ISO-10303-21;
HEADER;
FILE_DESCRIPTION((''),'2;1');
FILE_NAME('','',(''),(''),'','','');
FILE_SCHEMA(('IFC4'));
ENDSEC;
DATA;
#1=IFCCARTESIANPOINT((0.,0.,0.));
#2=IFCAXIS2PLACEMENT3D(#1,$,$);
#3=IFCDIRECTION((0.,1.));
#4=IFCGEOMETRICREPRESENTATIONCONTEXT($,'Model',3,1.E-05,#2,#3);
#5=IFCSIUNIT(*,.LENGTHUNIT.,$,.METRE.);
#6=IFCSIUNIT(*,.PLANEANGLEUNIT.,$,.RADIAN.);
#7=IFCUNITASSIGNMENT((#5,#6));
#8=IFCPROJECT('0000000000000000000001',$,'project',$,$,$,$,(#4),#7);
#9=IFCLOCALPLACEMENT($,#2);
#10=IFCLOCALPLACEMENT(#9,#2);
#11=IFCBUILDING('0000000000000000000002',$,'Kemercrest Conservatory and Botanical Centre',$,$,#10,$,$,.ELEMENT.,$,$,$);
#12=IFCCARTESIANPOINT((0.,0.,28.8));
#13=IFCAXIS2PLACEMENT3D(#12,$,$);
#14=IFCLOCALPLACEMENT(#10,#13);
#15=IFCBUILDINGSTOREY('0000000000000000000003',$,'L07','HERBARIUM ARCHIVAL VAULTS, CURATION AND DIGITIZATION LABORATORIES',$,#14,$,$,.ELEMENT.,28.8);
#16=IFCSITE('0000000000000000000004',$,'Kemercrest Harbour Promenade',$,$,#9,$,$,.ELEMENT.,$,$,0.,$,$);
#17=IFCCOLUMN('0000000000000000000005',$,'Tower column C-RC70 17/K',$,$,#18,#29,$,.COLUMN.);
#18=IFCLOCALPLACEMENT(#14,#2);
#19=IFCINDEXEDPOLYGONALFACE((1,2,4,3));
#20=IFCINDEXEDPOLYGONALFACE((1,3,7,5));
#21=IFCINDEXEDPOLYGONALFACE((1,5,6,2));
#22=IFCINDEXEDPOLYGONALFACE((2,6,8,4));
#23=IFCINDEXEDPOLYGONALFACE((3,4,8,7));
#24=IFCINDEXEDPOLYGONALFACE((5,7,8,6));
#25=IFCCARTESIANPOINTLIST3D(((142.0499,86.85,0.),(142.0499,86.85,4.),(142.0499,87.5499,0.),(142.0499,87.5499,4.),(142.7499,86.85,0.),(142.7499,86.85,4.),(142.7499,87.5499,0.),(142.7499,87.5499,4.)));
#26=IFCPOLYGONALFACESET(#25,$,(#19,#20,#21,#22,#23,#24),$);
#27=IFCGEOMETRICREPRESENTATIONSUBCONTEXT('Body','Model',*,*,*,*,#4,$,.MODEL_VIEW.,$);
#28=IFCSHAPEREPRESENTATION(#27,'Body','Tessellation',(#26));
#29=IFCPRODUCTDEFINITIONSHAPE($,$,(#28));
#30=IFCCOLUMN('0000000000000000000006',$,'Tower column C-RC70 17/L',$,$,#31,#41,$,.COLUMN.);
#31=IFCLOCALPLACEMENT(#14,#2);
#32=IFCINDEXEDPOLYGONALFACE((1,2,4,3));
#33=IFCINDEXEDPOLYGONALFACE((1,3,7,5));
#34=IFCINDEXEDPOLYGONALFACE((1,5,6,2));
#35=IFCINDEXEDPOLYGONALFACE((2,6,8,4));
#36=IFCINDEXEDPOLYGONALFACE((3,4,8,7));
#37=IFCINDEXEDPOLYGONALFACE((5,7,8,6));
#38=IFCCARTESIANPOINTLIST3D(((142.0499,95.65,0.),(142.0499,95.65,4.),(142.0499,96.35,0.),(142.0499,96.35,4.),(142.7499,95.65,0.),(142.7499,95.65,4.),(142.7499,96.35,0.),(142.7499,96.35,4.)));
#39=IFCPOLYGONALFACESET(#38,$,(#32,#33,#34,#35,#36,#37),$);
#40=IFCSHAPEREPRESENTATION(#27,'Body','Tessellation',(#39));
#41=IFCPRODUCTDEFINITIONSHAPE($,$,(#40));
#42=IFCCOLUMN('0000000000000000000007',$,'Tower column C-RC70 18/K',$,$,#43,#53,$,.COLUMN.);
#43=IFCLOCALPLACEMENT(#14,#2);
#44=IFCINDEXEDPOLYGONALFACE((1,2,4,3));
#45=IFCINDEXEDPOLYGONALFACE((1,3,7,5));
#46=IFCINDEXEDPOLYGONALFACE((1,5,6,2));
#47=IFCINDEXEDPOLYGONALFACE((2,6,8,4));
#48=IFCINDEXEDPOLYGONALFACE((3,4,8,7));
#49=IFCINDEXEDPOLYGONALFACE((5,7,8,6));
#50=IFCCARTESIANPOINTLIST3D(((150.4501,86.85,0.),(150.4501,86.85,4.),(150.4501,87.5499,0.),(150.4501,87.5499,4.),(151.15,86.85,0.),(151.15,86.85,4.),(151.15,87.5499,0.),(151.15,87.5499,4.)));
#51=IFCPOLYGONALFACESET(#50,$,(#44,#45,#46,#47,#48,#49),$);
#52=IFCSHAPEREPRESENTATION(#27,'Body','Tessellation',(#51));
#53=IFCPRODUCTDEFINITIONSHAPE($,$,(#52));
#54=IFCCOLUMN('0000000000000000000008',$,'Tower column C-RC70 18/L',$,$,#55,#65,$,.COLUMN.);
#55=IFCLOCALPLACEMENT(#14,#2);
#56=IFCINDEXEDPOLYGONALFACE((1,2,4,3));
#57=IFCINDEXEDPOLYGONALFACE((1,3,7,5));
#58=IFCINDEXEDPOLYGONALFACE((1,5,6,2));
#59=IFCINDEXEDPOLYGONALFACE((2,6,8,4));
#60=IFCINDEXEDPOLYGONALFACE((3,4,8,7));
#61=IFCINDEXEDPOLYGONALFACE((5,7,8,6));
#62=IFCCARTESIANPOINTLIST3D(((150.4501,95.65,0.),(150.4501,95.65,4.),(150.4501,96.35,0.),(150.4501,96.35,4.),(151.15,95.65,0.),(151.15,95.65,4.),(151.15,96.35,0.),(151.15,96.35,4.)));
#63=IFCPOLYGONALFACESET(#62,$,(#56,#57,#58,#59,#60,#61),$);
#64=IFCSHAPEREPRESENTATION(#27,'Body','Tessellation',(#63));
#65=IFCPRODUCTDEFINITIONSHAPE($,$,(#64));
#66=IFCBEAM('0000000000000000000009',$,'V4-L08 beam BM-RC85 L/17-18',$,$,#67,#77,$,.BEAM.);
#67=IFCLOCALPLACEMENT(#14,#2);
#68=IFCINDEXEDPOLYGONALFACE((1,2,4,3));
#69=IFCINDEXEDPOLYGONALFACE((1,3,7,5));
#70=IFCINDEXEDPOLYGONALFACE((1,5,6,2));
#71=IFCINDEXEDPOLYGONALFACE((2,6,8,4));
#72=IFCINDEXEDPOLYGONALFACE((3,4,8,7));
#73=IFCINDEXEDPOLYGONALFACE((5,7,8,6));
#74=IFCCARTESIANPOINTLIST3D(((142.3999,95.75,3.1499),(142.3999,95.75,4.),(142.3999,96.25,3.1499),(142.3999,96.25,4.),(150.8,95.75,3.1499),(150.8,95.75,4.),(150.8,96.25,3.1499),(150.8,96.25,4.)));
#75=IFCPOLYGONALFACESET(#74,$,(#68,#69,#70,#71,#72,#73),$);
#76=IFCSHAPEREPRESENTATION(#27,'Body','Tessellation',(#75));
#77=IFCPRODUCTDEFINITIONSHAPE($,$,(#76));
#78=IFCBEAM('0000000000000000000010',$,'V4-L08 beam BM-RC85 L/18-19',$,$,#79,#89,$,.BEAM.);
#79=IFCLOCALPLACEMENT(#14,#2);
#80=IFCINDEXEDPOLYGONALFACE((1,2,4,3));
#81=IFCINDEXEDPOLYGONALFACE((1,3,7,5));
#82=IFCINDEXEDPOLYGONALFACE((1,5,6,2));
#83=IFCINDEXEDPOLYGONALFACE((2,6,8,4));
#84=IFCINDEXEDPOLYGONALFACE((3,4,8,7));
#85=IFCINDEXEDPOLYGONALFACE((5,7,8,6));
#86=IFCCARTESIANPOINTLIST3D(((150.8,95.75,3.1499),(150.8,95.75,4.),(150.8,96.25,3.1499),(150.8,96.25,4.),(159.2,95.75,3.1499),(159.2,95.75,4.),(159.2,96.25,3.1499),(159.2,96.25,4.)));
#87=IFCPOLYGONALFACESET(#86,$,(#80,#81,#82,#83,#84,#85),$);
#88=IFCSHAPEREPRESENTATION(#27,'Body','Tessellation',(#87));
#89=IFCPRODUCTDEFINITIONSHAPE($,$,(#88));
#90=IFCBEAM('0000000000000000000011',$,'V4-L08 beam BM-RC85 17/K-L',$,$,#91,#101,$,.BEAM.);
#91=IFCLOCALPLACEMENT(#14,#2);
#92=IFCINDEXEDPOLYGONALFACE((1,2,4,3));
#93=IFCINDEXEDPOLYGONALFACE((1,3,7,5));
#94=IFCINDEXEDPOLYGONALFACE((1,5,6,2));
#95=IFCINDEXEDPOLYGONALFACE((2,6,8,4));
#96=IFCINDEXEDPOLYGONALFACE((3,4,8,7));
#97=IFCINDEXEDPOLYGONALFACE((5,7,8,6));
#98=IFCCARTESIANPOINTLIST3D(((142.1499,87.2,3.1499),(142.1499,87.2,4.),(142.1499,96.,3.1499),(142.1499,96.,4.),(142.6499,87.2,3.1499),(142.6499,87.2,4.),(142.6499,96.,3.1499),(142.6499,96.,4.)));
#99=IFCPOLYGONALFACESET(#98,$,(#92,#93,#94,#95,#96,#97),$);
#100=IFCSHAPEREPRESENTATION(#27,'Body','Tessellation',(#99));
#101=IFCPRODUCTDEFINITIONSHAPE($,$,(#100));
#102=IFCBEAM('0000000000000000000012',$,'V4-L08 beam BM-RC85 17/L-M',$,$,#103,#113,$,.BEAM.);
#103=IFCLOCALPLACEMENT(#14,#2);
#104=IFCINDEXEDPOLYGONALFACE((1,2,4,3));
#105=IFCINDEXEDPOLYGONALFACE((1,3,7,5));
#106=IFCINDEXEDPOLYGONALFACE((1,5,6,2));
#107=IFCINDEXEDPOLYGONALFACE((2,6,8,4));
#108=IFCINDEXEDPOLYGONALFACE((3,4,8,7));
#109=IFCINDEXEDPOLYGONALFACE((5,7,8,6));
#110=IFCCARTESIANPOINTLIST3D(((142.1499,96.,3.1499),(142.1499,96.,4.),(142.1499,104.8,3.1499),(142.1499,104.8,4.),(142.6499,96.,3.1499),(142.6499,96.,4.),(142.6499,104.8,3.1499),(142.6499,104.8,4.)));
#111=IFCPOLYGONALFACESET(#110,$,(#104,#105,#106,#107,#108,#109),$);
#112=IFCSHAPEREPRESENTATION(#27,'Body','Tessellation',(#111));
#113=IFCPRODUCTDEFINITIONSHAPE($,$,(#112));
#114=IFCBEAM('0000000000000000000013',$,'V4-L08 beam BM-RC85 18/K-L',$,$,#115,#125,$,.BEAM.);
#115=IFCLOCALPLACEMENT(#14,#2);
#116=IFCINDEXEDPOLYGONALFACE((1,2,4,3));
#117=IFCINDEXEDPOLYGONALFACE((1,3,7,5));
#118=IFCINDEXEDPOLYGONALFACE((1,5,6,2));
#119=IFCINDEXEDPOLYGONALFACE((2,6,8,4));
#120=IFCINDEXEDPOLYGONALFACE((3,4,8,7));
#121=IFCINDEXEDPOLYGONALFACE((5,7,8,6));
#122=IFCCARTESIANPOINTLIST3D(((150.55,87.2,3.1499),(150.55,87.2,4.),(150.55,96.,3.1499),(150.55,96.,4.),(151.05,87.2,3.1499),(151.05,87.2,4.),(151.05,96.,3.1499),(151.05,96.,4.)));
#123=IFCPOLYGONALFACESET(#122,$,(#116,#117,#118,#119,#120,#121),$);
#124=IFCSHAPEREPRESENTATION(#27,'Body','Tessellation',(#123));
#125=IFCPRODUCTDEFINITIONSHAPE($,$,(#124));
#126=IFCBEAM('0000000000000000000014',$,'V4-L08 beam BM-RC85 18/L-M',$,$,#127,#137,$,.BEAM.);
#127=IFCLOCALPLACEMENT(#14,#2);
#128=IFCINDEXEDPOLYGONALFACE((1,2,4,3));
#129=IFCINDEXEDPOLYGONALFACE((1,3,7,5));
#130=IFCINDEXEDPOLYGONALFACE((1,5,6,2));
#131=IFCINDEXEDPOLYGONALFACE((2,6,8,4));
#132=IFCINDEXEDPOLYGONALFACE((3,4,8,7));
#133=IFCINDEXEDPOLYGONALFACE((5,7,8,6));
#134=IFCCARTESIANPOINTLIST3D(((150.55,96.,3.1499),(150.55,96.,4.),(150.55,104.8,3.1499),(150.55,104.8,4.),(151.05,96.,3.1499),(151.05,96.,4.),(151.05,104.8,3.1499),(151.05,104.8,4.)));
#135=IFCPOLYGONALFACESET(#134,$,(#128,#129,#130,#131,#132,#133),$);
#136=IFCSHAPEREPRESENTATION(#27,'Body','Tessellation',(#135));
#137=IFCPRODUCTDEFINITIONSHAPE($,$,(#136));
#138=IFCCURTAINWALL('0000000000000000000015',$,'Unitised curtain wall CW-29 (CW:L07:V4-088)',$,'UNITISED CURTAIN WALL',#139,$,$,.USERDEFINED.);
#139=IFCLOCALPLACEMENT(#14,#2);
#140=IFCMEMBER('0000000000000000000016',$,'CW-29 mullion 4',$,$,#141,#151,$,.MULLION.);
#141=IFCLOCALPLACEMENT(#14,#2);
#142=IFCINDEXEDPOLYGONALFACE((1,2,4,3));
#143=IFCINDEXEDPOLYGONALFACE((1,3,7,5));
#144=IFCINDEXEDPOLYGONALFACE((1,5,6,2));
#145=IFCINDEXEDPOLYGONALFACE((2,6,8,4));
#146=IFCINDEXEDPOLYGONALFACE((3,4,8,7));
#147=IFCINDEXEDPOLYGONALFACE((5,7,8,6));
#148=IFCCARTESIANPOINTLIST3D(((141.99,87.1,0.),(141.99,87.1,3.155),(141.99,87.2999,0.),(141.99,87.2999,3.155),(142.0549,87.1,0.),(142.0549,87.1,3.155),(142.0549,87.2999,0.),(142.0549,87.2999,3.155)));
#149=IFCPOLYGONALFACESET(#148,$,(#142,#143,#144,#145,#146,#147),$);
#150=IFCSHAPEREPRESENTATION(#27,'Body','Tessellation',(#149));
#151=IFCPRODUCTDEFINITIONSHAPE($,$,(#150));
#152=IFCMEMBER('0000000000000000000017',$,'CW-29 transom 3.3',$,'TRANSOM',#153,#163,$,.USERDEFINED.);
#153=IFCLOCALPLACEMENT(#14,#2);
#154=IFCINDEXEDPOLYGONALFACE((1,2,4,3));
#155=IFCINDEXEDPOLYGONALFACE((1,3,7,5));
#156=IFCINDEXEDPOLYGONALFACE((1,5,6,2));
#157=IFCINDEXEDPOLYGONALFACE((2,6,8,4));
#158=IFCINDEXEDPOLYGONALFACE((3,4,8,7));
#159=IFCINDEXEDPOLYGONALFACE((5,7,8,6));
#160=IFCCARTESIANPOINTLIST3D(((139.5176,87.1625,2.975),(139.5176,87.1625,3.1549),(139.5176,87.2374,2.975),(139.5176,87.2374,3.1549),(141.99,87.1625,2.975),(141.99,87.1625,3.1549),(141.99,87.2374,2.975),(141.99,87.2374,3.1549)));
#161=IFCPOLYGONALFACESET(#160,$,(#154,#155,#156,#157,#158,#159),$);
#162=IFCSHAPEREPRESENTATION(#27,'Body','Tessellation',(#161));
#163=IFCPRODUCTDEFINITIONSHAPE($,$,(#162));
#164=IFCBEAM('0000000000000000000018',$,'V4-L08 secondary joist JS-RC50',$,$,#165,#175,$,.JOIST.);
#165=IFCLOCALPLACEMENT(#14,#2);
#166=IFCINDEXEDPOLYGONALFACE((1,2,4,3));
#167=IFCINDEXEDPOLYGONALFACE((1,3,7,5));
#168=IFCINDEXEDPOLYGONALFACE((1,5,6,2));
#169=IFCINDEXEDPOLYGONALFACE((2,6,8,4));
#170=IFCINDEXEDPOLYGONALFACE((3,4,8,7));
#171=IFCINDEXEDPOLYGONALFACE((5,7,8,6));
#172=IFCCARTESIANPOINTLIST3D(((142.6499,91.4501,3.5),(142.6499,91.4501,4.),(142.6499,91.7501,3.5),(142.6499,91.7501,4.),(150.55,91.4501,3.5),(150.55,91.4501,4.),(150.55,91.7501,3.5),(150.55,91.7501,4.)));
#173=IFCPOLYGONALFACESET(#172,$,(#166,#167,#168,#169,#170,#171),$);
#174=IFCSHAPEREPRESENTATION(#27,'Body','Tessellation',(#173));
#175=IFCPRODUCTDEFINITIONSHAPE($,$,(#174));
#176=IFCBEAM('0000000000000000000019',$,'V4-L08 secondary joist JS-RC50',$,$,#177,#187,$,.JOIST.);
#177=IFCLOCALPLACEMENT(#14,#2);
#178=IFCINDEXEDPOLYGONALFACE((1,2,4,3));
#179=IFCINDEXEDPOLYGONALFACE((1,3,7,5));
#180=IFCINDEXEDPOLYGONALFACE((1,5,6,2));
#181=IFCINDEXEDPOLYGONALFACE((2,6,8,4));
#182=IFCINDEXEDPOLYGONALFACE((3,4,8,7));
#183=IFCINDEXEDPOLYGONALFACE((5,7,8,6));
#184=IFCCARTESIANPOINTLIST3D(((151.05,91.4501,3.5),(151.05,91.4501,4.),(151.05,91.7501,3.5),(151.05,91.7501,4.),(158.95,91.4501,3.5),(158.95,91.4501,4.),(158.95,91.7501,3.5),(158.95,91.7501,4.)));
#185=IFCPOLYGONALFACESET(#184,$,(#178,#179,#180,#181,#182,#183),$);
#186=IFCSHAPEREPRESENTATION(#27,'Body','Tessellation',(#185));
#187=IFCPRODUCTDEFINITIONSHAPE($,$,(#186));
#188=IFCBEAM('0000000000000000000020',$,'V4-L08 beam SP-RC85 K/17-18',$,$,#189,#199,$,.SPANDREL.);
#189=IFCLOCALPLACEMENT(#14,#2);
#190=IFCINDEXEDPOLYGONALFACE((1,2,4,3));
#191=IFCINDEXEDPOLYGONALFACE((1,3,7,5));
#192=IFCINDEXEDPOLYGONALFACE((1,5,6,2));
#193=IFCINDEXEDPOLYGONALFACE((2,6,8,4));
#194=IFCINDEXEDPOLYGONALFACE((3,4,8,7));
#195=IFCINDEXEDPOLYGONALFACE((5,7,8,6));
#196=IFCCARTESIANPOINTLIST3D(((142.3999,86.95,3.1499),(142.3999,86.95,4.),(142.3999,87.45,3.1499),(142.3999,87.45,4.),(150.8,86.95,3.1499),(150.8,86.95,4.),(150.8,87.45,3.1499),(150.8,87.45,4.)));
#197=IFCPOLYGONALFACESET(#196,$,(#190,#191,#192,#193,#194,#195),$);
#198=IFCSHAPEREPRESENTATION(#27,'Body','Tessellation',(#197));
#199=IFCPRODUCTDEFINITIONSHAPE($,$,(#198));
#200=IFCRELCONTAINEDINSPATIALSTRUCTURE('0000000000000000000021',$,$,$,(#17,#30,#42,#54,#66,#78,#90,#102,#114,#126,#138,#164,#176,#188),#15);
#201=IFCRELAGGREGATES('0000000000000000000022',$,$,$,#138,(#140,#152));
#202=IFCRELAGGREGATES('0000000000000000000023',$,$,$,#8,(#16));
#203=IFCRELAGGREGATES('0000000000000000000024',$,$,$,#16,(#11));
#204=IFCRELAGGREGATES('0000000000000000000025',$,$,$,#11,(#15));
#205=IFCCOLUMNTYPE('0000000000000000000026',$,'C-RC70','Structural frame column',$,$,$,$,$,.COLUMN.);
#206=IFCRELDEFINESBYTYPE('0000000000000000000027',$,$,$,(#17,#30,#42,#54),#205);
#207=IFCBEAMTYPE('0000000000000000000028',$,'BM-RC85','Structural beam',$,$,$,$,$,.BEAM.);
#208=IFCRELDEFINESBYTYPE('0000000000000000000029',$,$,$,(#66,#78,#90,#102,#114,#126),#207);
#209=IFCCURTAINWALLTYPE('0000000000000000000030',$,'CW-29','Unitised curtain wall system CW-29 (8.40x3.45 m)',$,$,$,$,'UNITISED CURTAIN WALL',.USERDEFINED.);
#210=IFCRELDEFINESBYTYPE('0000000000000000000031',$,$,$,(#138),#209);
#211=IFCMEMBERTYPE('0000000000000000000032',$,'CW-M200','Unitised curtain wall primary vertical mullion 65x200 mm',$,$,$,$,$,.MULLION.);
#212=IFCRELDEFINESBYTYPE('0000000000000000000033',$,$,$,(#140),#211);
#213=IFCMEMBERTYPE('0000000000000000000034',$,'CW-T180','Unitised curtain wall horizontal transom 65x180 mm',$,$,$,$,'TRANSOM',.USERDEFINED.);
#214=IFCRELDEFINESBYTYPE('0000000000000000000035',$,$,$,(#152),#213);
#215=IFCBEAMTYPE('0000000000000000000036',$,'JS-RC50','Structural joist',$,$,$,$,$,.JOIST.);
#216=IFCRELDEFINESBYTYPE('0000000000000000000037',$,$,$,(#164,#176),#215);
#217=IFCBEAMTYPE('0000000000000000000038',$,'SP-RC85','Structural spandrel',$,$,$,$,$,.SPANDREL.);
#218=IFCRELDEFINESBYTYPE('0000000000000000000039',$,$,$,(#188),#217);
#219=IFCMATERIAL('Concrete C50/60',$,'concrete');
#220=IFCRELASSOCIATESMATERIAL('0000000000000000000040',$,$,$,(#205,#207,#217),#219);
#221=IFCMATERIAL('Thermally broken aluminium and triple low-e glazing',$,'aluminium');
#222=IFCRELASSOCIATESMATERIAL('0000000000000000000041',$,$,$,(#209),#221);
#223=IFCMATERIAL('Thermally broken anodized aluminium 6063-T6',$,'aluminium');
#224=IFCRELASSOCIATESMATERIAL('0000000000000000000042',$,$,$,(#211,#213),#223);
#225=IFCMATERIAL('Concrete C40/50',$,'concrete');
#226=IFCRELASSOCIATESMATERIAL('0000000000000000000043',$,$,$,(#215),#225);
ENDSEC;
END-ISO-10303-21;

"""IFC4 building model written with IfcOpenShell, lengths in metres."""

from ifc_helpers import new_model, si_unit, direction, frame, origin, origin_2d, place, context, subcontext, project, spatial, rectangle, extrude, material, material_profile, profile_set, type_object, element, aggregate, save


model = new_model("IFC4")

# Units and contexts
model_context = context("Model", 3, precision=1e-05, world=origin(), true_north=direction((0.0, 1.0)))
body_context = subcontext(model_context, "Body", "Model", "MODEL_VIEW")
ifc_project = project(units=[si_unit("LENGTHUNIT", "METRE"), si_unit("PLANEANGLEUNIT", "RADIAN")], contexts=[model_context])

# Site, building, storey
site_placement = place(None, origin())
site = spatial("IfcSite", under=ifc_project, at=site_placement, Name="Kemercrest Harbour Promenade", CompositionType="ELEMENT", RefElevation=0.0)
building_placement = place(site_placement, origin())
building = spatial("IfcBuilding", under=site, at=building_placement, Name="Kemercrest Conservatory and Botanical Centre", CompositionType="ELEMENT")
storey_placement = place(building_placement, frame((0.0, 0.0, 28.8)))
storey = spatial("IfcBuildingStorey", under=building, at=storey_placement, Name="L07", Description="HERBARIUM ARCHIVAL VAULTS, CURATION AND DIGITIZATION LABORATORIES", CompositionType="ELEMENT", Elevation=28.8)

# Columns
ifc_material_1 = material(Name="Concrete C50/60", Category="concrete")
ifc_material_profile_1 = material_profile(ifc_material_1, rectangle(XDim=0.7, YDim=0.7, at=origin_2d()), Name="RC 700x700")
ifc_profile_set_1 = profile_set([ifc_material_profile_1], Name="Concrete C50/60")
column_type = type_object("IfcColumnType", Name="C-RC70", Description="Structural frame column", PredefinedType="COLUMN", material=ifc_profile_set_1)
for number, where, z_axis, x_axis, name in (
    (1, (142.3999, 87.2, 0.0), (0.0, 0.0, 1.0), (1.0, 0.0, 0.0), "Tower column C-RC70 17/K"),
    (2, (142.3999, 96.0, 0.0), (0.0, 0.0, 1.0), (1.0, 0.0, 0.0), "Tower column C-RC70 17/L"),
    (3, (150.8, 87.2, 0.0), (0.0, 0.0, 1.0), (1.0, 0.0, 0.0), "Tower column C-RC70 18/K"),
    (4, (150.8, 96.0, 0.0), (0.0, 0.0, 1.0), (1.0, 0.0, 0.0), "Tower column C-RC70 18/L"),
):
    element("IfcColumn", number, at=place(storey_placement, frame(where, z_axis=z_axis, x_axis=x_axis)), inside=storey, type_object=column_type, Name=name, PredefinedType="COLUMN", context=body_context, shape_type="SweptSolid", body=[
        extrude(rectangle(XDim=0.7, YDim=0.7, at=origin_2d()), origin(), (0.0, 0.0, 1.0), 4.0),
    ])

# Beams
ifc_material_profile_2 = material_profile(ifc_material_1, rectangle(XDim=0.5, YDim=0.8501, at=origin_2d()), Name="RC 500x850")
ifc_profile_set_2 = profile_set([ifc_material_profile_2], Name="Concrete C50/60")
beam_type_1 = type_object("IfcBeamType", Name="BM-RC85", Description="Structural beam", PredefinedType="BEAM", material=ifc_profile_set_2)
beam_1_placement = place(storey_placement, frame((142.3999, 96.0, 3.575), z_axis=(1.0, 0.0, 0.0), x_axis=(0.0, 1.0, 0.0)))
element("IfcBeam", 5, at=beam_1_placement, inside=storey, type_object=beam_type_1, Name="V4-L08 beam BM-RC85 L/17-18", PredefinedType="BEAM", context=body_context, shape_type="SweptSolid", body=[
    extrude(rectangle(XDim=0.5, YDim=0.8501, at=origin_2d()), origin(), (0.0, 0.0, 1.0), 8.4001),
])
beam_2_placement = place(storey_placement, frame((150.8, 96.0, 3.575), z_axis=(1.0, 0.0, 0.0), x_axis=(0.0, 1.0, 0.0)))
element("IfcBeam", 6, at=beam_2_placement, inside=storey, type_object=beam_type_1, Name="V4-L08 beam BM-RC85 L/18-19", PredefinedType="BEAM", context=body_context, shape_type="SweptSolid", body=[
    extrude(rectangle(XDim=0.5, YDim=0.8501, at=origin_2d()), origin(), (0.0, 0.0, 1.0), 8.3999),
])
for number, where, z_axis, x_axis, name in (
    (7, (142.3999, 87.2, 3.575), (0.0, 1.0, 0.0), (-1.0, 0.0, 0.0), "V4-L08 beam BM-RC85 17/K-L"),
    (8, (142.3999, 96.0, 3.575), (0.0, 1.0, 0.0), (-1.0, 0.0, 0.0), "V4-L08 beam BM-RC85 17/L-M"),
    (9, (150.8, 87.2, 3.575), (0.0, 1.0, 0.0), (-1.0, 0.0, 0.0), "V4-L08 beam BM-RC85 18/K-L"),
    (10, (150.8, 96.0, 3.575), (0.0, 1.0, 0.0), (-1.0, 0.0, 0.0), "V4-L08 beam BM-RC85 18/L-M"),
):
    element("IfcBeam", number, at=place(storey_placement, frame(where, z_axis=z_axis, x_axis=x_axis)), inside=storey, type_object=beam_type_1, Name=name, PredefinedType="BEAM", context=body_context, shape_type="SweptSolid", body=[
        extrude(rectangle(XDim=0.5, YDim=0.8501, at=origin_2d()), origin(), (0.0, 0.0, 1.0), 8.8),
    ])

# Curtain wall, members
ifc_material_2 = material(Name="Thermally broken aluminium and triple low-e glazing", Category="aluminium")
curtain_wall_type = type_object("IfcCurtainWallType", Name="CW-29", Description="Unitised curtain wall system CW-29 (8.40x3.45 m)", ElementType="UNITISED CURTAIN WALL", PredefinedType="USERDEFINED", material=ifc_material_2)
curtain_wall_placement = place(storey_placement, origin())
curtain_wall = element("IfcCurtainWall", 11, at=curtain_wall_placement, inside=storey, type_object=curtain_wall_type, Name="Unitised curtain wall CW-29 (CW:L07:V4-088)", ObjectType="UNITISED CURTAIN WALL", PredefinedType="USERDEFINED")
ifc_material_3 = material(Name="Thermally broken anodized aluminium 6063-T6", Category="aluminium")
ifc_material_profile_3 = material_profile(ifc_material_3, rectangle(XDim=0.2, YDim=0.0649, at=origin_2d()), Name="AL MULLION 65x200")
ifc_profile_set_3 = profile_set([ifc_material_profile_3], Name="Thermally broken anodized aluminium 6063-T6")
member_type_1 = type_object("IfcMemberType", Name="CW-M200", Description="Unitised curtain wall primary vertical mullion 65x200 mm", PredefinedType="MULLION", material=ifc_profile_set_3)
member_1_placement = place(storey_placement, frame((142.0225, 87.2, 0.0), z_axis=(0.0, 0.0, 1.0), x_axis=(0.0, 1.0, 0.0)))
member_1 = element("IfcMember", 12, at=member_1_placement, type_object=member_type_1, Name="CW-29 mullion 4", PredefinedType="MULLION", context=body_context, shape_type="SweptSolid", body=[
    extrude(rectangle(XDim=0.2, YDim=0.0649, at=origin_2d()), origin(), (0.0, 0.0, 1.0), 3.155),
])
ifc_material_profile_4 = material_profile(ifc_material_3, rectangle(XDim=0.075, YDim=0.1799, at=origin_2d()), Name="AL TRANSOM 75x180")
ifc_profile_set_4 = profile_set([ifc_material_profile_4], Name="Thermally broken anodized aluminium 6063-T6")
member_type_2 = type_object("IfcMemberType", Name="CW-T180", Description="Unitised curtain wall horizontal transom 65x180 mm", ElementType="TRANSOM", PredefinedType="USERDEFINED", material=ifc_profile_set_4)
member_2_placement = place(storey_placement, frame((139.5176, 87.2, 3.0649), z_axis=(1.0, 0.0, 0.0), x_axis=(0.0, 1.0, 0.0)))
member_2 = element("IfcMember", 13, at=member_2_placement, type_object=member_type_2, Name="CW-29 transom 3.3", ObjectType="TRANSOM", PredefinedType="USERDEFINED", context=body_context, shape_type="SweptSolid", body=[
    extrude(rectangle(XDim=0.075, YDim=0.1799, at=origin_2d()), origin(), (0.0, 0.0, 1.0), 2.4724),
])

# Beams
ifc_material_4 = material(Name="Concrete C40/50", Category="concrete")
ifc_material_profile_5 = material_profile(ifc_material_4, rectangle(XDim=0.3, YDim=0.5, at=origin_2d()), Name="RC 300x500")
ifc_profile_set_5 = profile_set([ifc_material_profile_5], Name="Concrete C40/50")
beam_type_2 = type_object("IfcBeamType", Name="JS-RC50", Description="Structural joist", PredefinedType="JOIST", material=ifc_profile_set_5)
beam_3_placement = place(storey_placement, frame((142.6499, 91.6001, 3.75), z_axis=(1.0, 0.0, 0.0), x_axis=(0.0, 1.0, 0.0)))
element("IfcBeam", 14, at=beam_3_placement, inside=storey, type_object=beam_type_2, Name="V4-L08 secondary joist JS-RC50", PredefinedType="JOIST", context=body_context, shape_type="SweptSolid", body=[
    extrude(rectangle(XDim=0.3, YDim=0.5, at=origin_2d()), origin(), (0.0, 0.0, 1.0), 7.9001),
])
beam_4_placement = place(storey_placement, frame((151.05, 91.6001, 3.75), z_axis=(1.0, 0.0, 0.0), x_axis=(0.0, 1.0, 0.0)))
element("IfcBeam", 15, at=beam_4_placement, inside=storey, type_object=beam_type_2, Name="V4-L08 secondary joist JS-RC50", PredefinedType="JOIST", context=body_context, shape_type="SweptSolid", body=[
    extrude(rectangle(XDim=0.3, YDim=0.5, at=origin_2d()), origin(), (0.0, 0.0, 1.0), 7.8999),
])
ifc_material_profile_6 = material_profile(ifc_material_1, rectangle(XDim=0.5, YDim=0.8501, at=origin_2d()), Name="RC 500x850")
ifc_profile_set_6 = profile_set([ifc_material_profile_6], Name="Concrete C50/60")
beam_type_3 = type_object("IfcBeamType", Name="SP-RC85", Description="Structural spandrel", PredefinedType="SPANDREL", material=ifc_profile_set_6)
beam_5_placement = place(storey_placement, frame((142.3999, 87.2, 3.575), z_axis=(1.0, 0.0, 0.0), x_axis=(0.0, 1.0, 0.0)))
element("IfcBeam", 16, at=beam_5_placement, inside=storey, type_object=beam_type_3, Name="V4-L08 beam SP-RC85 K/17-18", PredefinedType="SPANDREL", context=body_context, shape_type="SweptSolid", body=[
    extrude(rectangle(XDim=0.5, YDim=0.8501, at=origin_2d()), origin(), (0.0, 0.0, 1.0), 8.4001),
])

aggregate(curtain_wall, [member_1, member_2])

save(model, "model.ifc")
